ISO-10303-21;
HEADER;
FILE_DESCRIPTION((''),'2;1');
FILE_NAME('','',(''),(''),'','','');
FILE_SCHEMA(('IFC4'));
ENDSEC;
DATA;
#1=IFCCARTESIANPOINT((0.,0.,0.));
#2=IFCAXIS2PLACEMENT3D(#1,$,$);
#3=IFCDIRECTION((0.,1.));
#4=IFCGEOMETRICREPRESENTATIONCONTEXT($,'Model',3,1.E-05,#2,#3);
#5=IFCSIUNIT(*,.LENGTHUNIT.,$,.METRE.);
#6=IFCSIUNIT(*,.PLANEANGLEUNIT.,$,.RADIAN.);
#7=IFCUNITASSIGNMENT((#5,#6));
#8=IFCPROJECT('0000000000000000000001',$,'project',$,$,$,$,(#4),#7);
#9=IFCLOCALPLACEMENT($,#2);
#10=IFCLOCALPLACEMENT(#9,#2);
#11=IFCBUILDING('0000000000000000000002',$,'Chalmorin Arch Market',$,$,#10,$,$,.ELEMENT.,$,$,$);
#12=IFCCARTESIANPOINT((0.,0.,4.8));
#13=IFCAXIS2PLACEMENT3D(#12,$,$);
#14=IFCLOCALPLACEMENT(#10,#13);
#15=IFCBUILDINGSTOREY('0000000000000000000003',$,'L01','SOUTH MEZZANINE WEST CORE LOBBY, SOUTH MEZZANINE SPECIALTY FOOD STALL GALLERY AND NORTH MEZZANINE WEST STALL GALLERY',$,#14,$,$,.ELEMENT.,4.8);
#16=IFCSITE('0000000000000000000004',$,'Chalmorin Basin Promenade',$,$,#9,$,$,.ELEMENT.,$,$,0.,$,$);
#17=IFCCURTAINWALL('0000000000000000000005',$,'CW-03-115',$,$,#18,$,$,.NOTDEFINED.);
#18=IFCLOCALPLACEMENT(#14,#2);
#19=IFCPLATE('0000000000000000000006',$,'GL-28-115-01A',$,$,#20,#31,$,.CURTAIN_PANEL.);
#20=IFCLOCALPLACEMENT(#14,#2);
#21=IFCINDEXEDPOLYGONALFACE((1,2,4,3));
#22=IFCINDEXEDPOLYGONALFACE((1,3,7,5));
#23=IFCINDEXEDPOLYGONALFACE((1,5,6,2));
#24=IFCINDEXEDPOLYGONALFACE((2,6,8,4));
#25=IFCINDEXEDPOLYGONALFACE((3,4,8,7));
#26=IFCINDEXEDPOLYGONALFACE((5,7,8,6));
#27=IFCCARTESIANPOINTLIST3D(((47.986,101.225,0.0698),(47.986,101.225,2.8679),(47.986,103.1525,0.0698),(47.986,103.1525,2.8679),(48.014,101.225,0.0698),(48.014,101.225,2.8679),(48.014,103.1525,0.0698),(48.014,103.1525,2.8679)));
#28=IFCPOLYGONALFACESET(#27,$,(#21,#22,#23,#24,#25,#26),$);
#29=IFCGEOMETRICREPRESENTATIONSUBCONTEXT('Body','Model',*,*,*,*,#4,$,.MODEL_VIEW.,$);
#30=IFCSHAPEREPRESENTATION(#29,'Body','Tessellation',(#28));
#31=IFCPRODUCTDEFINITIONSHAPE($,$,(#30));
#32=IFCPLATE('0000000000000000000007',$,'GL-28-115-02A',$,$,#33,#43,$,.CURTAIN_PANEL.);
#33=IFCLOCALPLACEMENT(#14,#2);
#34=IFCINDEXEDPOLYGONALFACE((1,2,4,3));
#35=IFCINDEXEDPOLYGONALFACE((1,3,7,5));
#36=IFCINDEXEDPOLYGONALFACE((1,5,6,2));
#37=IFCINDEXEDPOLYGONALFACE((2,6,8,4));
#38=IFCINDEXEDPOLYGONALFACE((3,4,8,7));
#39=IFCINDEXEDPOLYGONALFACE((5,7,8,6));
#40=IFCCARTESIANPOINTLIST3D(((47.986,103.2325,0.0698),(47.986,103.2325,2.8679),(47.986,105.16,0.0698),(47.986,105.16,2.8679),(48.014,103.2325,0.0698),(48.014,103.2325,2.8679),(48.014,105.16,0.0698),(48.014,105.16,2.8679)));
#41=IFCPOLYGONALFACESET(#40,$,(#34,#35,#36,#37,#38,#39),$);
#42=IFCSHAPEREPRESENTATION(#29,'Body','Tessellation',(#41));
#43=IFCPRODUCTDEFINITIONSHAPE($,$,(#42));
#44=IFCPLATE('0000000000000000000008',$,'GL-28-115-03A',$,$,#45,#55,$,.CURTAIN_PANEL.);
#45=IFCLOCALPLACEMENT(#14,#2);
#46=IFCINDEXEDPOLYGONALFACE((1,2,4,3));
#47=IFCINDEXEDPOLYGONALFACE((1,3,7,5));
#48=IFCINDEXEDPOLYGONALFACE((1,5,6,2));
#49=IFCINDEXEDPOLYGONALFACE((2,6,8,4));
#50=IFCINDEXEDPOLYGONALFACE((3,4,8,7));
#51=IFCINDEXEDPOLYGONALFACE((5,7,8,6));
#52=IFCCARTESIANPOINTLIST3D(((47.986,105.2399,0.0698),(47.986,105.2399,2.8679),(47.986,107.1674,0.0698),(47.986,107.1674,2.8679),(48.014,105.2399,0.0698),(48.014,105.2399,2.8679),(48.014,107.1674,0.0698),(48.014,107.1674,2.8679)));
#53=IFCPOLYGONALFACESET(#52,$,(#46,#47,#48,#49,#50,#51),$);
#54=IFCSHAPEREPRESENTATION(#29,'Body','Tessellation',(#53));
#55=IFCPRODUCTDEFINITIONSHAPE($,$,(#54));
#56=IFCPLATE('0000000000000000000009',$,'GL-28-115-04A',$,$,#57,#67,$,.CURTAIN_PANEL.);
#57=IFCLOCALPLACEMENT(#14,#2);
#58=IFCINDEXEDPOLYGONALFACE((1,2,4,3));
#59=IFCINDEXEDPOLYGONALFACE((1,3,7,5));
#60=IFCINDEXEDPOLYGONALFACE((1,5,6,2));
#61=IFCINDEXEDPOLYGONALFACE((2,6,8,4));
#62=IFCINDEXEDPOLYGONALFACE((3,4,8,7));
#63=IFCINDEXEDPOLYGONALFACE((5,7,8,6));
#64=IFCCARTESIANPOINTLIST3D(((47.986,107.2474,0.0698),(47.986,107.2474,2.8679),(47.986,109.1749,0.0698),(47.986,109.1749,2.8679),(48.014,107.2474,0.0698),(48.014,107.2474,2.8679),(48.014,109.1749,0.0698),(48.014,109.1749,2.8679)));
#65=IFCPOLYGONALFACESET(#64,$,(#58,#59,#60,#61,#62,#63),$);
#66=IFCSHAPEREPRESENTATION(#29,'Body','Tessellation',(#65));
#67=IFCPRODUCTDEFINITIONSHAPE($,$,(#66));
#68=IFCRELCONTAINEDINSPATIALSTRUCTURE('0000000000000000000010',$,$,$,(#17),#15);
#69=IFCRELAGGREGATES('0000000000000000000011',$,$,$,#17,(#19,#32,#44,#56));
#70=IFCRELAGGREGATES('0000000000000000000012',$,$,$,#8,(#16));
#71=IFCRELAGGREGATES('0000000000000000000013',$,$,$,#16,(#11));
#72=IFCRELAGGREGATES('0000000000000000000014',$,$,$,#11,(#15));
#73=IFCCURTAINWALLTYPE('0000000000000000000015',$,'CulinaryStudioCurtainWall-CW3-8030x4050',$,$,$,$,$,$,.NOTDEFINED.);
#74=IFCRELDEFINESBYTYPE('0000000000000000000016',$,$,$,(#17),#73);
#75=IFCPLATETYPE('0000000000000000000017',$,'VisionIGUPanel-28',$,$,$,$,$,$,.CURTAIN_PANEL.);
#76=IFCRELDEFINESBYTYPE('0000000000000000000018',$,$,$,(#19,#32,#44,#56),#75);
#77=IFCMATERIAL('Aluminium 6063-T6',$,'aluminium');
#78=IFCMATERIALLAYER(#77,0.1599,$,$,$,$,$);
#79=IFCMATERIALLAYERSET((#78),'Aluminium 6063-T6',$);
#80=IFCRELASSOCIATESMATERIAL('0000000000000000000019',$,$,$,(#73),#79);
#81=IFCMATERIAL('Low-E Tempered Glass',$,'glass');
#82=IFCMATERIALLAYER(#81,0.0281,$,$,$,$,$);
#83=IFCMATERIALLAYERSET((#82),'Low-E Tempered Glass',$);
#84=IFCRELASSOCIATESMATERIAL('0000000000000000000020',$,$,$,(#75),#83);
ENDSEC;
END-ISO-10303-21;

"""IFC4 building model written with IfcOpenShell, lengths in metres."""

from ifc_helpers import new_model, si_unit, direction, frame, origin, origin_2d, place, context, subcontext, project, spatial, rectangle, extrude, material, layer, layer_set, type_object, element, aggregate, save


model = new_model("IFC4")

# Units and contexts
model_context = context("Model", 3, precision=1e-05, world=origin(), true_north=direction((0.0, 1.0)))
body_context = subcontext(model_context, "Body", "Model", "MODEL_VIEW")
ifc_project = project(units=[si_unit("LENGTHUNIT", "METRE"), si_unit("PLANEANGLEUNIT", "RADIAN")], contexts=[model_context])

# Site, building, storey
site_placement = place(None, origin())
site = spatial("IfcSite", under=ifc_project, at=site_placement, Name="Chalmorin Basin Promenade", CompositionType="ELEMENT", RefElevation=0.0)
building_placement = place(site_placement, origin())
building = spatial("IfcBuilding", under=site, at=building_placement, Name="Chalmorin Arch Market", CompositionType="ELEMENT")
storey_placement = place(building_placement, frame((0.0, 0.0, 4.8)))
storey = spatial("IfcBuildingStorey", under=building, at=storey_placement, Name="L01", Description="SOUTH MEZZANINE WEST CORE LOBBY, SOUTH MEZZANINE SPECIALTY FOOD STALL GALLERY AND NORTH MEZZANINE WEST STALL GALLERY", CompositionType="ELEMENT", Elevation=4.8)

# Curtain wall
ifc_material_1 = material(Name="Aluminium 6063-T6", Category="aluminium")
ifc_layer_1 = layer(ifc_material_1, 0.1599)
ifc_layer_set_1 = layer_set([ifc_layer_1], Name="Aluminium 6063-T6")
curtain_wall_type_1 = type_object("IfcCurtainWallType", Name="CulinaryStudioCurtainWall-CW3-8030x4050", PredefinedType="NOTDEFINED", material=ifc_layer_set_1)
curtain_wall_1_placement = place(storey_placement, origin())
curtain_wall_1 = element("IfcCurtainWall", 1, at=curtain_wall_1_placement, inside=storey, type_object=curtain_wall_type_1, Name="CW-03-115", PredefinedType="NOTDEFINED")

# Plates
ifc_material_2 = material(Name="Low-E Tempered Glass", Category="glass")
ifc_layer_2 = layer(ifc_material_2, 0.0281)
ifc_layer_set_2 = layer_set([ifc_layer_2], Name="Low-E Tempered Glass")
plate_type_1 = type_object("IfcPlateType", Name="VisionIGUPanel-28", PredefinedType="CURTAIN_PANEL", material=ifc_layer_set_2)
plate_1_placement = place(storey_placement, frame((48.0, 102.1887, 0.0698), z_axis=(0.0, 0.0, 1.0), x_axis=(0.0, 1.0, 0.0)))
plate_1 = element("IfcPlate", 2, at=plate_1_placement, type_object=plate_type_1, Name="GL-28-115-01A", PredefinedType="CURTAIN_PANEL", context=body_context, shape_type="SweptSolid", body=[
    extrude(rectangle(XDim=1.9275, YDim=0.0281, at=origin_2d()), origin(), (0.0, 0.0, 1.0), 2.7981),
])
plate_2_placement = place(storey_placement, frame((48.0, 104.1963, 0.0698), z_axis=(0.0, 0.0, 1.0), x_axis=(0.0, 1.0, 0.0)))
plate_2 = element("IfcPlate", 3, at=plate_2_placement, type_object=plate_type_1, Name="GL-28-115-02A", PredefinedType="CURTAIN_PANEL", context=body_context, shape_type="SweptSolid", body=[
    extrude(rectangle(XDim=1.9275, YDim=0.0281, at=origin_2d()), origin(), (0.0, 0.0, 1.0), 2.7981),
])
plate_3_placement = place(storey_placement, frame((48.0, 106.2036, 0.0698), z_axis=(0.0, 0.0, 1.0), x_axis=(0.0, 1.0, 0.0)))
plate_3 = element("IfcPlate", 4, at=plate_3_placement, type_object=plate_type_1, Name="GL-28-115-03A", PredefinedType="CURTAIN_PANEL", context=body_context, shape_type="SweptSolid", body=[
    extrude(rectangle(XDim=1.9275, YDim=0.0281, at=origin_2d()), origin(), (0.0, 0.0, 1.0), 2.7981),
])
plate_4_placement = place(storey_placement, frame((48.0, 108.2112, 0.0698), z_axis=(0.0, 0.0, 1.0), x_axis=(0.0, 1.0, 0.0)))
plate_4 = element("IfcPlate", 5, at=plate_4_placement, type_object=plate_type_1, Name="GL-28-115-04A", PredefinedType="CURTAIN_PANEL", context=body_context, shape_type="SweptSolid", body=[
    extrude(rectangle(XDim=1.9275, YDim=0.0281, at=origin_2d()), origin(), (0.0, 0.0, 1.0), 2.7981),
])
aggregate(curtain_wall_1, [plate_1, plate_2, plate_3, plate_4])

save(model, "model.ifc")
